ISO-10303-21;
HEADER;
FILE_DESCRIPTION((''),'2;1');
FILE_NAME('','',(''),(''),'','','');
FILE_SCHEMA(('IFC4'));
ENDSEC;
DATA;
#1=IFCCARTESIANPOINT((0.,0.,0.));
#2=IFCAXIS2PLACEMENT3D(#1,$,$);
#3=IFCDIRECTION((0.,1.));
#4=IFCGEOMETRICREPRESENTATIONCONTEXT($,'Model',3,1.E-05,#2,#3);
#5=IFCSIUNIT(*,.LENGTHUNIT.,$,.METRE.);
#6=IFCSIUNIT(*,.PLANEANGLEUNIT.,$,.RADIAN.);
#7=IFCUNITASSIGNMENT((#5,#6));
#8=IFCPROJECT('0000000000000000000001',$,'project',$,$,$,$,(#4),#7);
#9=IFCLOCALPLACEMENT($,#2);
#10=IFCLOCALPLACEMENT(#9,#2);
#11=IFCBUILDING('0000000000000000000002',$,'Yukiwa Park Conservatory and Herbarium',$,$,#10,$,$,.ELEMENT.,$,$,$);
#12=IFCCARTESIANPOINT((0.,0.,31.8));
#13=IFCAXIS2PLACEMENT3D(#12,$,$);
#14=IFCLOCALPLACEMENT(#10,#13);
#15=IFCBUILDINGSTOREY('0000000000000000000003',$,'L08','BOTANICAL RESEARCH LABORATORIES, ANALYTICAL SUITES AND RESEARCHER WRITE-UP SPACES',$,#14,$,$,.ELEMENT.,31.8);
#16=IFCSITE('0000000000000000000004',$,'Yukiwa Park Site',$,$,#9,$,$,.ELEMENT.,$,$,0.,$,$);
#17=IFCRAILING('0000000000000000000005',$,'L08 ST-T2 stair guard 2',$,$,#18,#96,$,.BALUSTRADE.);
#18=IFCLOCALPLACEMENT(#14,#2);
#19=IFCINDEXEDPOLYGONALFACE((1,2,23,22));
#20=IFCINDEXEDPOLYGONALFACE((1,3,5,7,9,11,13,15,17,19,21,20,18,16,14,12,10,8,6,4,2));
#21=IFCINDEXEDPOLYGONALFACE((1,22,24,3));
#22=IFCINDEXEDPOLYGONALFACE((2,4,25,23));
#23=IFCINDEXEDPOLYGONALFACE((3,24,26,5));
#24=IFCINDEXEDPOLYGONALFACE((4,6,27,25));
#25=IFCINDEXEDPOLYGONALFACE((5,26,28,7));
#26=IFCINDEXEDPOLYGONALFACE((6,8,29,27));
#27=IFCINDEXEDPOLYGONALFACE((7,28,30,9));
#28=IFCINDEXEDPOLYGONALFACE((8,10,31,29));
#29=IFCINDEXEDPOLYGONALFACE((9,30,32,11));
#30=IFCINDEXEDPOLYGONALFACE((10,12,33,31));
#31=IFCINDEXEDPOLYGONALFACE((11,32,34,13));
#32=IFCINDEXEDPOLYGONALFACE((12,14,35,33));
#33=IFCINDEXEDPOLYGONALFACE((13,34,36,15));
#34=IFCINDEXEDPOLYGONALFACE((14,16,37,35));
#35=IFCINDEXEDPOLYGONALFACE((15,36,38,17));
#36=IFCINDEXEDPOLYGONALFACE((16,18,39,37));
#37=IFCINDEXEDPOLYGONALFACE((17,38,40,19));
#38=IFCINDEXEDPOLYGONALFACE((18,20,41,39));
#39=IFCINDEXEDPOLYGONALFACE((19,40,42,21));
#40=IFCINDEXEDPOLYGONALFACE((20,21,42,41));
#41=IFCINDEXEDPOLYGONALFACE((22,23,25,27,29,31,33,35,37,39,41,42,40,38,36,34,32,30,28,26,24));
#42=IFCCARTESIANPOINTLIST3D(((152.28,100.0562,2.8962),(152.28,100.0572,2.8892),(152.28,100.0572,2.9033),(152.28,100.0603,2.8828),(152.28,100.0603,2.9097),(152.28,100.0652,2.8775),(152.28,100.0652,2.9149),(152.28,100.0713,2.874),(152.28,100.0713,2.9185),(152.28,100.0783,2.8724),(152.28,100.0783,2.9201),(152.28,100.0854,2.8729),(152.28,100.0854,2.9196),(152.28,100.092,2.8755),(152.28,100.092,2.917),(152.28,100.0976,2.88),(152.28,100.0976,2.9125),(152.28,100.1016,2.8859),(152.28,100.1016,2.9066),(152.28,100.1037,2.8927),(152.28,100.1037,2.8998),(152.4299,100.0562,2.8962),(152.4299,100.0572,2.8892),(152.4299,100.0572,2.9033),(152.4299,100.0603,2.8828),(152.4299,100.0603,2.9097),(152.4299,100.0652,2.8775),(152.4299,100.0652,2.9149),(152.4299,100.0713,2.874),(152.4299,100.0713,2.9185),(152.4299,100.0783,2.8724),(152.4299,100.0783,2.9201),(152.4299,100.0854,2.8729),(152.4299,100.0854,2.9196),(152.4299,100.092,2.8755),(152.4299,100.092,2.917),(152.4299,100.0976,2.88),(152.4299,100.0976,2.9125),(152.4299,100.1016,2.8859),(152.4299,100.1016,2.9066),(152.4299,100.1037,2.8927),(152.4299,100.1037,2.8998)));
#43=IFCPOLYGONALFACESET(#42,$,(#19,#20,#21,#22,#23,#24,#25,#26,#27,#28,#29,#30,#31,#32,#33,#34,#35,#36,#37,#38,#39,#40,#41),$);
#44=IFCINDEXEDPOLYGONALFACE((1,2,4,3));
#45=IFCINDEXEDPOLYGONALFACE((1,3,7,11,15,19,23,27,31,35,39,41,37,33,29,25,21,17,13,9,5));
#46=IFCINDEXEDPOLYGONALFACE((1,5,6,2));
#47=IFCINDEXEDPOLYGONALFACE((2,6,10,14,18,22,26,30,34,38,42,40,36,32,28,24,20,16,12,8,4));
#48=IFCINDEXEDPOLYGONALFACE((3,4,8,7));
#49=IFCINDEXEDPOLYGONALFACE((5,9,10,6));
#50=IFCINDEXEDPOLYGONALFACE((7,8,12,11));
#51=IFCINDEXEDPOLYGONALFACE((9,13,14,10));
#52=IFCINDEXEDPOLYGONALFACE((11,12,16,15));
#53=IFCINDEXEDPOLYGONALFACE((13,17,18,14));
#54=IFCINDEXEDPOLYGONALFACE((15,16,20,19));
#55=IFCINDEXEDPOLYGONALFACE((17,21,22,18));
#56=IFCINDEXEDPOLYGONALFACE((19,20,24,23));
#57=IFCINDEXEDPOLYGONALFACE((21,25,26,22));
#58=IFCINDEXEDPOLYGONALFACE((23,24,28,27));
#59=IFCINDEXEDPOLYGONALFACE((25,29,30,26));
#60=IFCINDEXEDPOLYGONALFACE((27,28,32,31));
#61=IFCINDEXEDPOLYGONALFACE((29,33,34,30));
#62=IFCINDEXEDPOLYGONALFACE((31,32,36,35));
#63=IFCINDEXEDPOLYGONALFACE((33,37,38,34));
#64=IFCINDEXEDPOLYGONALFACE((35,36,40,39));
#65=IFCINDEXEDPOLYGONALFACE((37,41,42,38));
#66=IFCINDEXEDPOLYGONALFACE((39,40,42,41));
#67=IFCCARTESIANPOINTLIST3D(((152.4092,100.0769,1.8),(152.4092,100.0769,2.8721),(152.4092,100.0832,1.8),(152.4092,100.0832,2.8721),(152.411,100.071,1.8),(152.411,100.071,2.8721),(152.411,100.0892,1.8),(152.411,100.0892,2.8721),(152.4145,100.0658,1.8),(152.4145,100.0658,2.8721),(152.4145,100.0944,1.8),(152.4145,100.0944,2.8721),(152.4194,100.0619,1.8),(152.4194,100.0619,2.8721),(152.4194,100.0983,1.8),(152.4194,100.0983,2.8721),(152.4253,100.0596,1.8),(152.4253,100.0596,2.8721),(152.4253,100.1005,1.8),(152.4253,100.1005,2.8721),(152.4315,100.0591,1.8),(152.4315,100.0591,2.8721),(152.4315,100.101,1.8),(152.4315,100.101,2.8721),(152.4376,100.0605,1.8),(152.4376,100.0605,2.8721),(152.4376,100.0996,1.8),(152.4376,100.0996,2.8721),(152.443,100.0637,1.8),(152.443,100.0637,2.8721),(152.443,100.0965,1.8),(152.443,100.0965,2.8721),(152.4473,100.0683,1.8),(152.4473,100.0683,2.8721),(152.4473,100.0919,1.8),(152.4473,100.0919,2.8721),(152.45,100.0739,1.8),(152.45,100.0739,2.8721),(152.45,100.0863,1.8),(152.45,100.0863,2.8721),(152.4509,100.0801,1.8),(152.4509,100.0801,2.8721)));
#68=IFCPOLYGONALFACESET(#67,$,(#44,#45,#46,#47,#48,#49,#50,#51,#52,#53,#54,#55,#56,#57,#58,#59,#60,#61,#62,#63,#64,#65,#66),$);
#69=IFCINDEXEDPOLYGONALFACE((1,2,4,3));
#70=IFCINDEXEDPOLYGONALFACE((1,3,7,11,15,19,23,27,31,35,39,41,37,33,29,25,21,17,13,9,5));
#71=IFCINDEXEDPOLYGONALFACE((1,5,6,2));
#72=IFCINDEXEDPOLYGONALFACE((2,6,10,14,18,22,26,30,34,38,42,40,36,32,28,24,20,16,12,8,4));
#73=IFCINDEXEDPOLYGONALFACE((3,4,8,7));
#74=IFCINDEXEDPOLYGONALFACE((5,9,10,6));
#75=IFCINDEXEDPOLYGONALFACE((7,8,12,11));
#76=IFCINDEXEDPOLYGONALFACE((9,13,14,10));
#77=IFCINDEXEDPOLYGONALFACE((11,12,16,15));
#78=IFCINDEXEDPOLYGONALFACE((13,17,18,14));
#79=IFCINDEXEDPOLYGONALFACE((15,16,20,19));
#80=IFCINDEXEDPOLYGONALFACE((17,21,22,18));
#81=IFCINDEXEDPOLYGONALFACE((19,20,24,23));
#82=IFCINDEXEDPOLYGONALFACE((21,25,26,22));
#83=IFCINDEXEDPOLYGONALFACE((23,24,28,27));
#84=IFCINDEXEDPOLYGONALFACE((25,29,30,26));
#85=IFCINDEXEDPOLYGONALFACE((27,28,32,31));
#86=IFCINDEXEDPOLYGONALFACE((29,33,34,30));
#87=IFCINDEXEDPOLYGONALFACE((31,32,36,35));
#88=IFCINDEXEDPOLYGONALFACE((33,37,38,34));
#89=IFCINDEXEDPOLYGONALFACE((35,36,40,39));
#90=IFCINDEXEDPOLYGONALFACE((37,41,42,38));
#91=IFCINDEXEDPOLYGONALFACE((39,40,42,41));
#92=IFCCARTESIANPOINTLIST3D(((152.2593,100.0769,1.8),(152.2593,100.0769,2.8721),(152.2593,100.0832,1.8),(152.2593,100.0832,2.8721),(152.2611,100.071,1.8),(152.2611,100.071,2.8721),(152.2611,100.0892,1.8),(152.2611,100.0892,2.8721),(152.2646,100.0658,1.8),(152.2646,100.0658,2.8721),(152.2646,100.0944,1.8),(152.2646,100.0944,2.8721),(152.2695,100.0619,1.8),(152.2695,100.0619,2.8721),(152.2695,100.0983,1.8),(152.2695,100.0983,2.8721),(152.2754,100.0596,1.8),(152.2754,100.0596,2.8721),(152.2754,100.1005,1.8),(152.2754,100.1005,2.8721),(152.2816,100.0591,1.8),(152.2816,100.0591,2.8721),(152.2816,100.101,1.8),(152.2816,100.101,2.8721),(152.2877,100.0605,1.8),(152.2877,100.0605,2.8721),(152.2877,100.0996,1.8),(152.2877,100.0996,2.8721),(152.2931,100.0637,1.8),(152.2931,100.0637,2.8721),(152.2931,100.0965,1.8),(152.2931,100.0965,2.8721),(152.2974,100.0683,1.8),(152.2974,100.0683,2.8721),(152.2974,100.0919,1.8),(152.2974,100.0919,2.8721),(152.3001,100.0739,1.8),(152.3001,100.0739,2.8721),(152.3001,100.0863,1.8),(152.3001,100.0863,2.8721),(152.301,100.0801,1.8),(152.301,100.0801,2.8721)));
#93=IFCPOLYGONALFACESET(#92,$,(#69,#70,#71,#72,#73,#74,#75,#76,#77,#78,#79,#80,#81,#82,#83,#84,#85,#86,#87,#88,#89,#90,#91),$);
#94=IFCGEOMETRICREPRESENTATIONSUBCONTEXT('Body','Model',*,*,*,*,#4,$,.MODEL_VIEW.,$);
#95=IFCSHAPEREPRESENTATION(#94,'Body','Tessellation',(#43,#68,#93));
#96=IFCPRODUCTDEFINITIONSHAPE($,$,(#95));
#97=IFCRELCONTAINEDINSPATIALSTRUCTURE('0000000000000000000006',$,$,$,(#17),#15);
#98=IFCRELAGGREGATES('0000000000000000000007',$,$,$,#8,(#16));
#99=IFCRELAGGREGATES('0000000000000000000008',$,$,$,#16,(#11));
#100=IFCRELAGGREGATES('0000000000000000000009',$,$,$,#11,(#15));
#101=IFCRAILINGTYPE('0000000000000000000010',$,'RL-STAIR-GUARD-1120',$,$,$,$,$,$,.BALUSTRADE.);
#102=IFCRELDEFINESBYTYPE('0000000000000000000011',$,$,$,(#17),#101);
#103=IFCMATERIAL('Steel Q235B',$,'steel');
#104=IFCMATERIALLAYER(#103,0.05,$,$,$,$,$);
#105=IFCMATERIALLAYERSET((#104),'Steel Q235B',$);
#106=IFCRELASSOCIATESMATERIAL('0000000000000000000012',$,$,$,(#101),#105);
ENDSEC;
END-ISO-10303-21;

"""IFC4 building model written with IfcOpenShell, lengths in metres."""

from ifc_helpers import new_model, si_unit, direction, frame, origin, origin_2d, place, context, subcontext, project, spatial, circle, extrude, material, layer, layer_set, type_object, element, save


model = new_model("IFC4")

# Units and contexts
model_context = context("Model", 3, precision=1e-05, world=origin(), true_north=direction((0.0, 1.0)))
body_context = subcontext(model_context, "Body", "Model", "MODEL_VIEW")
ifc_project = project(units=[si_unit("LENGTHUNIT", "METRE"), si_unit("PLANEANGLEUNIT", "RADIAN")], contexts=[model_context])

# Site, building, storey
site_placement = place(None, origin())
site = spatial("IfcSite", under=ifc_project, at=site_placement, Name="Yukiwa Park Site", CompositionType="ELEMENT", RefElevation=0.0)
building_placement = place(site_placement, origin())
building = spatial("IfcBuilding", under=site, at=building_placement, Name="Yukiwa Park Conservatory and Herbarium", CompositionType="ELEMENT")
storey_placement = place(building_placement, frame((0.0, 0.0, 31.8)))
storey = spatial("IfcBuildingStorey", under=building, at=storey_placement, Name="L08", Description="BOTANICAL RESEARCH LABORATORIES, ANALYTICAL SUITES AND RESEARCHER WRITE-UP SPACES", CompositionType="ELEMENT", Elevation=31.8)

# Railing
ifc_material_1 = material(Name="Steel Q235B", Category="steel")
ifc_layer_1 = layer(ifc_material_1, 0.05)
ifc_layer_set_1 = layer_set([ifc_layer_1], Name="Steel Q235B")
railing_type_1 = type_object("IfcRailingType", Name="RL-STAIR-GUARD-1120", PredefinedType="BALUSTRADE", material=ifc_layer_set_1)
railing_1_placement = place(storey_placement, frame((152.4299, 100.0801, 1.8)))
element("IfcRailing", 1, at=railing_1_placement, inside=storey, type_object=railing_type_1, Name="L08 ST-T2 stair guard 2", PredefinedType="BALUSTRADE", context=body_context, shape_type="SweptSolid", body=[
    extrude(circle(Radius=0.0239, at=origin_2d()), frame((0.0, 0.0, 1.0962), z_axis=(-1.0, 0.0, 0.0), x_axis=(0.0, -1.0, 0.0)), (0.0, 0.0, 1.0), 0.1499),
    extrude(circle(Radius=0.021, at=origin_2d()), origin(), (0.0, 0.0, 1.0), 1.072),
    extrude(circle(Radius=0.021, at=origin_2d()), frame((-0.1499, 0.0, 0.0)), (0.0, 0.0, 1.0), 1.072),
])

save(model, "model.ifc")
